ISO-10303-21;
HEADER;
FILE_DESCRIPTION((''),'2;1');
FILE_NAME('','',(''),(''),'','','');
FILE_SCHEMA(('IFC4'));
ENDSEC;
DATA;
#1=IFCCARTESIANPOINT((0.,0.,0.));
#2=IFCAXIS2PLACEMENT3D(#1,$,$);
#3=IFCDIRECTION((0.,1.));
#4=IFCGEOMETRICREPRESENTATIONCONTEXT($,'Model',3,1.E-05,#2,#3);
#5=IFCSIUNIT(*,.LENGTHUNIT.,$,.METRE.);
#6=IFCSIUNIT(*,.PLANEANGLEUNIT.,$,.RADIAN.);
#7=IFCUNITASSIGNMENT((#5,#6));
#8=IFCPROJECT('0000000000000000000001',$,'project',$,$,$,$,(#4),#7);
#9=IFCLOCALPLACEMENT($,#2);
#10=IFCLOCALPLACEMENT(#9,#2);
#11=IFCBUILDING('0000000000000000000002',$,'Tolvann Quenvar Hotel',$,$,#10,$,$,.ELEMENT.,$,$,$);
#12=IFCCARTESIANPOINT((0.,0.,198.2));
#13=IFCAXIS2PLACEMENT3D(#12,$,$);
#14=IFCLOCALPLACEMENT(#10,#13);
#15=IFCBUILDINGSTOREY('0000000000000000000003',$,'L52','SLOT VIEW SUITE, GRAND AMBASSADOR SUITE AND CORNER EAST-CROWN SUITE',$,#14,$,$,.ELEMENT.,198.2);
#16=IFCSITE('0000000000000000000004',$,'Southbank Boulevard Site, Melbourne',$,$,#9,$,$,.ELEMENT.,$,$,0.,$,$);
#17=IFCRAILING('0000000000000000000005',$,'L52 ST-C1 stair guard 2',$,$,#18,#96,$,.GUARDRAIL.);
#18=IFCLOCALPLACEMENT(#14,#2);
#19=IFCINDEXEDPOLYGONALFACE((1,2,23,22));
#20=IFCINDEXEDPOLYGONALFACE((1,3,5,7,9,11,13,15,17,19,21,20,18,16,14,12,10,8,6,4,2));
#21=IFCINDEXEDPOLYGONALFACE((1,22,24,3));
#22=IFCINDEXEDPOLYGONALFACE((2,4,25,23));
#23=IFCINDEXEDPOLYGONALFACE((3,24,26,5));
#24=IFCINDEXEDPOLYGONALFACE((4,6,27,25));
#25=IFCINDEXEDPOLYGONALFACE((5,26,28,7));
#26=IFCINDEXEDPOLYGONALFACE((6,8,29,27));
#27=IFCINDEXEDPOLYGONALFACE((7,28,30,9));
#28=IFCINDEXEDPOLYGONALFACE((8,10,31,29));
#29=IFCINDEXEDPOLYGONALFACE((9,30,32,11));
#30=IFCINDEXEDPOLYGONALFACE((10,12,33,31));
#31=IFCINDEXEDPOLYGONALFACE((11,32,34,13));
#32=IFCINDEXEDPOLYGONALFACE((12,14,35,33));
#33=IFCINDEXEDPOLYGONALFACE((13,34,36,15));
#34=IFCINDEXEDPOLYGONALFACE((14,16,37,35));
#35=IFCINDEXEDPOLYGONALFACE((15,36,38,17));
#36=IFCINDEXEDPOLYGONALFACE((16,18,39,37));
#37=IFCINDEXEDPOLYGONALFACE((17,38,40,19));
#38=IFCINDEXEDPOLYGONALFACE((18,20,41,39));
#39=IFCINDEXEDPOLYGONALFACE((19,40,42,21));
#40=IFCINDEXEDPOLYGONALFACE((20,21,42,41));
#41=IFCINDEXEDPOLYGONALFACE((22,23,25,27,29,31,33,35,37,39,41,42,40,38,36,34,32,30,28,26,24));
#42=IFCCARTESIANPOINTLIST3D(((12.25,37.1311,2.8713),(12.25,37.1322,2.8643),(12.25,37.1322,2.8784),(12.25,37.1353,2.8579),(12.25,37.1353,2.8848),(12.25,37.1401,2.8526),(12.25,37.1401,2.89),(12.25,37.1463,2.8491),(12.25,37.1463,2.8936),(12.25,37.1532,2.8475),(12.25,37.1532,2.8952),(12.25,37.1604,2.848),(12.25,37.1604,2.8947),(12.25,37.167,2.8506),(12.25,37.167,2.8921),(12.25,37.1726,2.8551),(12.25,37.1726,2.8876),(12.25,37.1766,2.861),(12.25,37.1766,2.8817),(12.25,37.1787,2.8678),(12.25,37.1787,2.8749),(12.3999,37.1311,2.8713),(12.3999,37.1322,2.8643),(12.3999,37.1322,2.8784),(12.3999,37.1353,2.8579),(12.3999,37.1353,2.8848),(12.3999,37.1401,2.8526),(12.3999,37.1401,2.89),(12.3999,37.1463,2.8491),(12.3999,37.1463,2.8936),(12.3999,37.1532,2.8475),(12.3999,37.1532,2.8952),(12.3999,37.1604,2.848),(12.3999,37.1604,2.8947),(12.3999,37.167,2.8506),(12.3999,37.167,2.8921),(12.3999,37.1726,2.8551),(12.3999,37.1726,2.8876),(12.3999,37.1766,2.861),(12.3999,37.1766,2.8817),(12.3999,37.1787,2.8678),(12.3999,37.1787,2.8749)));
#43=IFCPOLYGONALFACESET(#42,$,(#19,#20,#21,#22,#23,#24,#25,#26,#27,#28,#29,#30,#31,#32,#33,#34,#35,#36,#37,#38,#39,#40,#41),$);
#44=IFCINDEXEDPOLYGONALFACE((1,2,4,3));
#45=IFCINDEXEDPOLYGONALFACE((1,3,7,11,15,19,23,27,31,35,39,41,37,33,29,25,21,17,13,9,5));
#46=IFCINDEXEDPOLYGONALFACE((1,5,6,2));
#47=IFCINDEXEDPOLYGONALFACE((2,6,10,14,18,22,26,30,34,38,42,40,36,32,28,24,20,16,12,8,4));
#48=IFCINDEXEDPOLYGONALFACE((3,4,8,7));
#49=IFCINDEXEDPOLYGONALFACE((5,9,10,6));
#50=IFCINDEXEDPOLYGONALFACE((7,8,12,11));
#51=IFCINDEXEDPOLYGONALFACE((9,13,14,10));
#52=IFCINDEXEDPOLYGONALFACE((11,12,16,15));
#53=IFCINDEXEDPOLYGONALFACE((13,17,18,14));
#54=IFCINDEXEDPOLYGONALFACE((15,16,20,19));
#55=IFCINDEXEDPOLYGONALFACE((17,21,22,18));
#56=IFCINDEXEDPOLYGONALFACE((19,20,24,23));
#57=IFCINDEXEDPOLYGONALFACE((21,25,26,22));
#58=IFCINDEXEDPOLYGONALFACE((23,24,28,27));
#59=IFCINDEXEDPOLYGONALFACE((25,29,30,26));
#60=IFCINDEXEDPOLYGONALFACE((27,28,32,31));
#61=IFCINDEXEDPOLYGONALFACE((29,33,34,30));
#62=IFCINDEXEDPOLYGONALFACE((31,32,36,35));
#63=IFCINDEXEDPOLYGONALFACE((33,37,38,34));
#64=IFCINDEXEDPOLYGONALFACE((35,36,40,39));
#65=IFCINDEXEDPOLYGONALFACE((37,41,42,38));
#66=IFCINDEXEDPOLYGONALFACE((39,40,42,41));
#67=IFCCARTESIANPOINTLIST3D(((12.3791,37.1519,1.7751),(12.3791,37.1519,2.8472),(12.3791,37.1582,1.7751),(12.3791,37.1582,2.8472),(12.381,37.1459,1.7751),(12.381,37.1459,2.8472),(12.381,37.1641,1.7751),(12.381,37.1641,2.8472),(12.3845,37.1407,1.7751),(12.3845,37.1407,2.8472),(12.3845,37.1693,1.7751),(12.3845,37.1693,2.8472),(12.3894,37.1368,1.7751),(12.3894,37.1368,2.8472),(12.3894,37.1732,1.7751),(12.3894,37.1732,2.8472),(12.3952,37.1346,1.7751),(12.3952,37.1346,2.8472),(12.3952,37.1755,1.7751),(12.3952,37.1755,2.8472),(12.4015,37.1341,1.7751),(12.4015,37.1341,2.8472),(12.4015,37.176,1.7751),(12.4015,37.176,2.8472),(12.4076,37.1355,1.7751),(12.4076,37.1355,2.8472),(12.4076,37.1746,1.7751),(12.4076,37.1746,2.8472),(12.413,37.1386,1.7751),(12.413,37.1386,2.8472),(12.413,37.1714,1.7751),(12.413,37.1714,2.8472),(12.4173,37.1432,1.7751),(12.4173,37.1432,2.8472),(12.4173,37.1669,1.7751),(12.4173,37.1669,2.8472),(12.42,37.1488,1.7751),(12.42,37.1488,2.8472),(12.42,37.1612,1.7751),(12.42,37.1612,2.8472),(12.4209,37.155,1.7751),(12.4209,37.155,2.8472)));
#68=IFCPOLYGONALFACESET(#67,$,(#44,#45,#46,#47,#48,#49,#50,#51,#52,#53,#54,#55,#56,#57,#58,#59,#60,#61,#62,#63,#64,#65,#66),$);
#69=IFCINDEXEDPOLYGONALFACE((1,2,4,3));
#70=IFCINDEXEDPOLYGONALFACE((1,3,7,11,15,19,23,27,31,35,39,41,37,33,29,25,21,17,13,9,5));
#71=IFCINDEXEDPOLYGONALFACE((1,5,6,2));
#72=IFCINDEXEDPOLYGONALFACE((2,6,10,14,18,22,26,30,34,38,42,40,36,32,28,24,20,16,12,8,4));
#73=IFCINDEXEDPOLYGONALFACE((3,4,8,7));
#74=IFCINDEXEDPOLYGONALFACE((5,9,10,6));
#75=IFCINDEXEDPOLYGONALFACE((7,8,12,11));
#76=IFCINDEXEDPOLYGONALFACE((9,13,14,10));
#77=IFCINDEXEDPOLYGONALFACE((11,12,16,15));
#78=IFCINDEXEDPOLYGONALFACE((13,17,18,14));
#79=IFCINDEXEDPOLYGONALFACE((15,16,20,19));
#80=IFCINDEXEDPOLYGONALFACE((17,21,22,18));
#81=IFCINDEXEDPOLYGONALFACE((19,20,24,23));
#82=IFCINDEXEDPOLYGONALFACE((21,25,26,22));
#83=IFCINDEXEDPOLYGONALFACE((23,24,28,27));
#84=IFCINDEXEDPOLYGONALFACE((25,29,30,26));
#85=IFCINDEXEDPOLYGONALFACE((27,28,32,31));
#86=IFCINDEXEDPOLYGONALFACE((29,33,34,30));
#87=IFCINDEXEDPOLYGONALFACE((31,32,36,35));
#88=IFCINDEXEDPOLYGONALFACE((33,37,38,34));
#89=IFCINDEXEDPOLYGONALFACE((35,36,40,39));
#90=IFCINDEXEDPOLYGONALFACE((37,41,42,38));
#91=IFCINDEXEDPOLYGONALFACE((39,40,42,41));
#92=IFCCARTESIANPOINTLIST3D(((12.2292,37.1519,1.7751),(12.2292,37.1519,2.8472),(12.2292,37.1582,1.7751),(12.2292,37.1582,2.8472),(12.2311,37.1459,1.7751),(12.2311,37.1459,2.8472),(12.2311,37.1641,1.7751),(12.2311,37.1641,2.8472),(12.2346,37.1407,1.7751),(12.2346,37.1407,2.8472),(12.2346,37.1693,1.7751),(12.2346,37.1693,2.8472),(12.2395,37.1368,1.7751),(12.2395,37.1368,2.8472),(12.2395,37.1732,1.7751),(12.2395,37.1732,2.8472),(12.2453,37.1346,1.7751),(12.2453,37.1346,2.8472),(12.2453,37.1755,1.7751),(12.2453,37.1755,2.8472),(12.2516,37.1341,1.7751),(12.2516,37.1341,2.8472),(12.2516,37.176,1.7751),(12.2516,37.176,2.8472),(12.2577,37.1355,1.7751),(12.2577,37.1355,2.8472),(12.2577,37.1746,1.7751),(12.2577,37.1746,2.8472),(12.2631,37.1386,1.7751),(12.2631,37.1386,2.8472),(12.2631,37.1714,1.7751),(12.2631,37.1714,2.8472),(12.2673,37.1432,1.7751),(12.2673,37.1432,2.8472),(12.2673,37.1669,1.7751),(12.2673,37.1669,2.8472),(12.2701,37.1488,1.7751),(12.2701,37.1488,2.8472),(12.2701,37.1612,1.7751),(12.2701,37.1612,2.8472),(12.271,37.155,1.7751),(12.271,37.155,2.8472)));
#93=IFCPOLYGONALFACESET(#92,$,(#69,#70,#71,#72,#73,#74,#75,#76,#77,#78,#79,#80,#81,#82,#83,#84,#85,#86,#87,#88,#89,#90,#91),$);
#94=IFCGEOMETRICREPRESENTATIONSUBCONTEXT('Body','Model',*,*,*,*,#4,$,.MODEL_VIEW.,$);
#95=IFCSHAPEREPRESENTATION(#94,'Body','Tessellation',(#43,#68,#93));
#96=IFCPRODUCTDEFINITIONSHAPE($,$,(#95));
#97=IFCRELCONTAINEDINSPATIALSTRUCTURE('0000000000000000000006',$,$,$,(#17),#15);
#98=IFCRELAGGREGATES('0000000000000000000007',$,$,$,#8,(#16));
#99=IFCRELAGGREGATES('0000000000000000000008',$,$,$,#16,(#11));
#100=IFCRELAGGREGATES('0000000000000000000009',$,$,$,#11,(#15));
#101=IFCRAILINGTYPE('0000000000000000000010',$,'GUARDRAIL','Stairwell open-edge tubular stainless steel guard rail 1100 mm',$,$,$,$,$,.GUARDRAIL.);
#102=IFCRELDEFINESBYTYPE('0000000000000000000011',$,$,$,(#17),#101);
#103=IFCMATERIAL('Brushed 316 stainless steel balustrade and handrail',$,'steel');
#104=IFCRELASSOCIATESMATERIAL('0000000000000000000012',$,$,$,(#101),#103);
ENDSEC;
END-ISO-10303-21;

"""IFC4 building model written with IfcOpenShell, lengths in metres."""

from ifc_helpers import new_model, si_unit, direction, frame, origin, origin_2d, place, context, subcontext, project, spatial, circle, extrude, material, type_object, element, save


model = new_model("IFC4")

# Units and contexts
model_context = context("Model", 3, precision=1e-05, world=origin(), true_north=direction((0.0, 1.0)))
body_context = subcontext(model_context, "Body", "Model", "MODEL_VIEW")
ifc_project = project(units=[si_unit("LENGTHUNIT", "METRE"), si_unit("PLANEANGLEUNIT", "RADIAN")], contexts=[model_context])

# Site, building, storey
site_placement = place(None, origin())
site = spatial("IfcSite", under=ifc_project, at=site_placement, Name="Southbank Boulevard Site, Melbourne", CompositionType="ELEMENT", RefElevation=0.0)
building_placement = place(site_placement, origin())
building = spatial("IfcBuilding", under=site, at=building_placement, Name="Tolvann Quenvar Hotel", CompositionType="ELEMENT")
storey_placement = place(building_placement, frame((0.0, 0.0, 198.2)))
storey = spatial("IfcBuildingStorey", under=building, at=storey_placement, Name="L52", Description="SLOT VIEW SUITE, GRAND AMBASSADOR SUITE AND CORNER EAST-CROWN SUITE", CompositionType="ELEMENT", Elevation=198.2)

# Railing
ifc_material_1 = material(Name="Brushed 316 stainless steel balustrade and handrail", Category="steel")
railing_type_1 = type_object("IfcRailingType", Name="GUARDRAIL", Description="Stairwell open-edge tubular stainless steel guard rail 1100 mm", PredefinedType="GUARDRAIL", material=ifc_material_1)
railing_1_placement = place(storey_placement, frame((12.3999, 37.155, 1.7751)))
element("IfcRailing", 1, at=railing_1_placement, inside=storey, type_object=railing_type_1, Name="L52 ST-C1 stair guard 2", PredefinedType="GUARDRAIL", context=body_context, shape_type="SweptSolid", body=[
    extrude(circle(Radius=0.0239, at=origin_2d()), frame((0.0, 0.0, 1.0962), z_axis=(-1.0, 0.0, 0.0), x_axis=(0.0, -1.0, 0.0)), (0.0, 0.0, 1.0), 0.1499),
    extrude(circle(Radius=0.021, at=origin_2d()), origin(), (0.0, 0.0, 1.0), 1.072),
    extrude(circle(Radius=0.021, at=origin_2d()), frame((-0.1499, 0.0, 0.0)), (0.0, 0.0, 1.0), 1.072),
])

save(model, "model.ifc")
